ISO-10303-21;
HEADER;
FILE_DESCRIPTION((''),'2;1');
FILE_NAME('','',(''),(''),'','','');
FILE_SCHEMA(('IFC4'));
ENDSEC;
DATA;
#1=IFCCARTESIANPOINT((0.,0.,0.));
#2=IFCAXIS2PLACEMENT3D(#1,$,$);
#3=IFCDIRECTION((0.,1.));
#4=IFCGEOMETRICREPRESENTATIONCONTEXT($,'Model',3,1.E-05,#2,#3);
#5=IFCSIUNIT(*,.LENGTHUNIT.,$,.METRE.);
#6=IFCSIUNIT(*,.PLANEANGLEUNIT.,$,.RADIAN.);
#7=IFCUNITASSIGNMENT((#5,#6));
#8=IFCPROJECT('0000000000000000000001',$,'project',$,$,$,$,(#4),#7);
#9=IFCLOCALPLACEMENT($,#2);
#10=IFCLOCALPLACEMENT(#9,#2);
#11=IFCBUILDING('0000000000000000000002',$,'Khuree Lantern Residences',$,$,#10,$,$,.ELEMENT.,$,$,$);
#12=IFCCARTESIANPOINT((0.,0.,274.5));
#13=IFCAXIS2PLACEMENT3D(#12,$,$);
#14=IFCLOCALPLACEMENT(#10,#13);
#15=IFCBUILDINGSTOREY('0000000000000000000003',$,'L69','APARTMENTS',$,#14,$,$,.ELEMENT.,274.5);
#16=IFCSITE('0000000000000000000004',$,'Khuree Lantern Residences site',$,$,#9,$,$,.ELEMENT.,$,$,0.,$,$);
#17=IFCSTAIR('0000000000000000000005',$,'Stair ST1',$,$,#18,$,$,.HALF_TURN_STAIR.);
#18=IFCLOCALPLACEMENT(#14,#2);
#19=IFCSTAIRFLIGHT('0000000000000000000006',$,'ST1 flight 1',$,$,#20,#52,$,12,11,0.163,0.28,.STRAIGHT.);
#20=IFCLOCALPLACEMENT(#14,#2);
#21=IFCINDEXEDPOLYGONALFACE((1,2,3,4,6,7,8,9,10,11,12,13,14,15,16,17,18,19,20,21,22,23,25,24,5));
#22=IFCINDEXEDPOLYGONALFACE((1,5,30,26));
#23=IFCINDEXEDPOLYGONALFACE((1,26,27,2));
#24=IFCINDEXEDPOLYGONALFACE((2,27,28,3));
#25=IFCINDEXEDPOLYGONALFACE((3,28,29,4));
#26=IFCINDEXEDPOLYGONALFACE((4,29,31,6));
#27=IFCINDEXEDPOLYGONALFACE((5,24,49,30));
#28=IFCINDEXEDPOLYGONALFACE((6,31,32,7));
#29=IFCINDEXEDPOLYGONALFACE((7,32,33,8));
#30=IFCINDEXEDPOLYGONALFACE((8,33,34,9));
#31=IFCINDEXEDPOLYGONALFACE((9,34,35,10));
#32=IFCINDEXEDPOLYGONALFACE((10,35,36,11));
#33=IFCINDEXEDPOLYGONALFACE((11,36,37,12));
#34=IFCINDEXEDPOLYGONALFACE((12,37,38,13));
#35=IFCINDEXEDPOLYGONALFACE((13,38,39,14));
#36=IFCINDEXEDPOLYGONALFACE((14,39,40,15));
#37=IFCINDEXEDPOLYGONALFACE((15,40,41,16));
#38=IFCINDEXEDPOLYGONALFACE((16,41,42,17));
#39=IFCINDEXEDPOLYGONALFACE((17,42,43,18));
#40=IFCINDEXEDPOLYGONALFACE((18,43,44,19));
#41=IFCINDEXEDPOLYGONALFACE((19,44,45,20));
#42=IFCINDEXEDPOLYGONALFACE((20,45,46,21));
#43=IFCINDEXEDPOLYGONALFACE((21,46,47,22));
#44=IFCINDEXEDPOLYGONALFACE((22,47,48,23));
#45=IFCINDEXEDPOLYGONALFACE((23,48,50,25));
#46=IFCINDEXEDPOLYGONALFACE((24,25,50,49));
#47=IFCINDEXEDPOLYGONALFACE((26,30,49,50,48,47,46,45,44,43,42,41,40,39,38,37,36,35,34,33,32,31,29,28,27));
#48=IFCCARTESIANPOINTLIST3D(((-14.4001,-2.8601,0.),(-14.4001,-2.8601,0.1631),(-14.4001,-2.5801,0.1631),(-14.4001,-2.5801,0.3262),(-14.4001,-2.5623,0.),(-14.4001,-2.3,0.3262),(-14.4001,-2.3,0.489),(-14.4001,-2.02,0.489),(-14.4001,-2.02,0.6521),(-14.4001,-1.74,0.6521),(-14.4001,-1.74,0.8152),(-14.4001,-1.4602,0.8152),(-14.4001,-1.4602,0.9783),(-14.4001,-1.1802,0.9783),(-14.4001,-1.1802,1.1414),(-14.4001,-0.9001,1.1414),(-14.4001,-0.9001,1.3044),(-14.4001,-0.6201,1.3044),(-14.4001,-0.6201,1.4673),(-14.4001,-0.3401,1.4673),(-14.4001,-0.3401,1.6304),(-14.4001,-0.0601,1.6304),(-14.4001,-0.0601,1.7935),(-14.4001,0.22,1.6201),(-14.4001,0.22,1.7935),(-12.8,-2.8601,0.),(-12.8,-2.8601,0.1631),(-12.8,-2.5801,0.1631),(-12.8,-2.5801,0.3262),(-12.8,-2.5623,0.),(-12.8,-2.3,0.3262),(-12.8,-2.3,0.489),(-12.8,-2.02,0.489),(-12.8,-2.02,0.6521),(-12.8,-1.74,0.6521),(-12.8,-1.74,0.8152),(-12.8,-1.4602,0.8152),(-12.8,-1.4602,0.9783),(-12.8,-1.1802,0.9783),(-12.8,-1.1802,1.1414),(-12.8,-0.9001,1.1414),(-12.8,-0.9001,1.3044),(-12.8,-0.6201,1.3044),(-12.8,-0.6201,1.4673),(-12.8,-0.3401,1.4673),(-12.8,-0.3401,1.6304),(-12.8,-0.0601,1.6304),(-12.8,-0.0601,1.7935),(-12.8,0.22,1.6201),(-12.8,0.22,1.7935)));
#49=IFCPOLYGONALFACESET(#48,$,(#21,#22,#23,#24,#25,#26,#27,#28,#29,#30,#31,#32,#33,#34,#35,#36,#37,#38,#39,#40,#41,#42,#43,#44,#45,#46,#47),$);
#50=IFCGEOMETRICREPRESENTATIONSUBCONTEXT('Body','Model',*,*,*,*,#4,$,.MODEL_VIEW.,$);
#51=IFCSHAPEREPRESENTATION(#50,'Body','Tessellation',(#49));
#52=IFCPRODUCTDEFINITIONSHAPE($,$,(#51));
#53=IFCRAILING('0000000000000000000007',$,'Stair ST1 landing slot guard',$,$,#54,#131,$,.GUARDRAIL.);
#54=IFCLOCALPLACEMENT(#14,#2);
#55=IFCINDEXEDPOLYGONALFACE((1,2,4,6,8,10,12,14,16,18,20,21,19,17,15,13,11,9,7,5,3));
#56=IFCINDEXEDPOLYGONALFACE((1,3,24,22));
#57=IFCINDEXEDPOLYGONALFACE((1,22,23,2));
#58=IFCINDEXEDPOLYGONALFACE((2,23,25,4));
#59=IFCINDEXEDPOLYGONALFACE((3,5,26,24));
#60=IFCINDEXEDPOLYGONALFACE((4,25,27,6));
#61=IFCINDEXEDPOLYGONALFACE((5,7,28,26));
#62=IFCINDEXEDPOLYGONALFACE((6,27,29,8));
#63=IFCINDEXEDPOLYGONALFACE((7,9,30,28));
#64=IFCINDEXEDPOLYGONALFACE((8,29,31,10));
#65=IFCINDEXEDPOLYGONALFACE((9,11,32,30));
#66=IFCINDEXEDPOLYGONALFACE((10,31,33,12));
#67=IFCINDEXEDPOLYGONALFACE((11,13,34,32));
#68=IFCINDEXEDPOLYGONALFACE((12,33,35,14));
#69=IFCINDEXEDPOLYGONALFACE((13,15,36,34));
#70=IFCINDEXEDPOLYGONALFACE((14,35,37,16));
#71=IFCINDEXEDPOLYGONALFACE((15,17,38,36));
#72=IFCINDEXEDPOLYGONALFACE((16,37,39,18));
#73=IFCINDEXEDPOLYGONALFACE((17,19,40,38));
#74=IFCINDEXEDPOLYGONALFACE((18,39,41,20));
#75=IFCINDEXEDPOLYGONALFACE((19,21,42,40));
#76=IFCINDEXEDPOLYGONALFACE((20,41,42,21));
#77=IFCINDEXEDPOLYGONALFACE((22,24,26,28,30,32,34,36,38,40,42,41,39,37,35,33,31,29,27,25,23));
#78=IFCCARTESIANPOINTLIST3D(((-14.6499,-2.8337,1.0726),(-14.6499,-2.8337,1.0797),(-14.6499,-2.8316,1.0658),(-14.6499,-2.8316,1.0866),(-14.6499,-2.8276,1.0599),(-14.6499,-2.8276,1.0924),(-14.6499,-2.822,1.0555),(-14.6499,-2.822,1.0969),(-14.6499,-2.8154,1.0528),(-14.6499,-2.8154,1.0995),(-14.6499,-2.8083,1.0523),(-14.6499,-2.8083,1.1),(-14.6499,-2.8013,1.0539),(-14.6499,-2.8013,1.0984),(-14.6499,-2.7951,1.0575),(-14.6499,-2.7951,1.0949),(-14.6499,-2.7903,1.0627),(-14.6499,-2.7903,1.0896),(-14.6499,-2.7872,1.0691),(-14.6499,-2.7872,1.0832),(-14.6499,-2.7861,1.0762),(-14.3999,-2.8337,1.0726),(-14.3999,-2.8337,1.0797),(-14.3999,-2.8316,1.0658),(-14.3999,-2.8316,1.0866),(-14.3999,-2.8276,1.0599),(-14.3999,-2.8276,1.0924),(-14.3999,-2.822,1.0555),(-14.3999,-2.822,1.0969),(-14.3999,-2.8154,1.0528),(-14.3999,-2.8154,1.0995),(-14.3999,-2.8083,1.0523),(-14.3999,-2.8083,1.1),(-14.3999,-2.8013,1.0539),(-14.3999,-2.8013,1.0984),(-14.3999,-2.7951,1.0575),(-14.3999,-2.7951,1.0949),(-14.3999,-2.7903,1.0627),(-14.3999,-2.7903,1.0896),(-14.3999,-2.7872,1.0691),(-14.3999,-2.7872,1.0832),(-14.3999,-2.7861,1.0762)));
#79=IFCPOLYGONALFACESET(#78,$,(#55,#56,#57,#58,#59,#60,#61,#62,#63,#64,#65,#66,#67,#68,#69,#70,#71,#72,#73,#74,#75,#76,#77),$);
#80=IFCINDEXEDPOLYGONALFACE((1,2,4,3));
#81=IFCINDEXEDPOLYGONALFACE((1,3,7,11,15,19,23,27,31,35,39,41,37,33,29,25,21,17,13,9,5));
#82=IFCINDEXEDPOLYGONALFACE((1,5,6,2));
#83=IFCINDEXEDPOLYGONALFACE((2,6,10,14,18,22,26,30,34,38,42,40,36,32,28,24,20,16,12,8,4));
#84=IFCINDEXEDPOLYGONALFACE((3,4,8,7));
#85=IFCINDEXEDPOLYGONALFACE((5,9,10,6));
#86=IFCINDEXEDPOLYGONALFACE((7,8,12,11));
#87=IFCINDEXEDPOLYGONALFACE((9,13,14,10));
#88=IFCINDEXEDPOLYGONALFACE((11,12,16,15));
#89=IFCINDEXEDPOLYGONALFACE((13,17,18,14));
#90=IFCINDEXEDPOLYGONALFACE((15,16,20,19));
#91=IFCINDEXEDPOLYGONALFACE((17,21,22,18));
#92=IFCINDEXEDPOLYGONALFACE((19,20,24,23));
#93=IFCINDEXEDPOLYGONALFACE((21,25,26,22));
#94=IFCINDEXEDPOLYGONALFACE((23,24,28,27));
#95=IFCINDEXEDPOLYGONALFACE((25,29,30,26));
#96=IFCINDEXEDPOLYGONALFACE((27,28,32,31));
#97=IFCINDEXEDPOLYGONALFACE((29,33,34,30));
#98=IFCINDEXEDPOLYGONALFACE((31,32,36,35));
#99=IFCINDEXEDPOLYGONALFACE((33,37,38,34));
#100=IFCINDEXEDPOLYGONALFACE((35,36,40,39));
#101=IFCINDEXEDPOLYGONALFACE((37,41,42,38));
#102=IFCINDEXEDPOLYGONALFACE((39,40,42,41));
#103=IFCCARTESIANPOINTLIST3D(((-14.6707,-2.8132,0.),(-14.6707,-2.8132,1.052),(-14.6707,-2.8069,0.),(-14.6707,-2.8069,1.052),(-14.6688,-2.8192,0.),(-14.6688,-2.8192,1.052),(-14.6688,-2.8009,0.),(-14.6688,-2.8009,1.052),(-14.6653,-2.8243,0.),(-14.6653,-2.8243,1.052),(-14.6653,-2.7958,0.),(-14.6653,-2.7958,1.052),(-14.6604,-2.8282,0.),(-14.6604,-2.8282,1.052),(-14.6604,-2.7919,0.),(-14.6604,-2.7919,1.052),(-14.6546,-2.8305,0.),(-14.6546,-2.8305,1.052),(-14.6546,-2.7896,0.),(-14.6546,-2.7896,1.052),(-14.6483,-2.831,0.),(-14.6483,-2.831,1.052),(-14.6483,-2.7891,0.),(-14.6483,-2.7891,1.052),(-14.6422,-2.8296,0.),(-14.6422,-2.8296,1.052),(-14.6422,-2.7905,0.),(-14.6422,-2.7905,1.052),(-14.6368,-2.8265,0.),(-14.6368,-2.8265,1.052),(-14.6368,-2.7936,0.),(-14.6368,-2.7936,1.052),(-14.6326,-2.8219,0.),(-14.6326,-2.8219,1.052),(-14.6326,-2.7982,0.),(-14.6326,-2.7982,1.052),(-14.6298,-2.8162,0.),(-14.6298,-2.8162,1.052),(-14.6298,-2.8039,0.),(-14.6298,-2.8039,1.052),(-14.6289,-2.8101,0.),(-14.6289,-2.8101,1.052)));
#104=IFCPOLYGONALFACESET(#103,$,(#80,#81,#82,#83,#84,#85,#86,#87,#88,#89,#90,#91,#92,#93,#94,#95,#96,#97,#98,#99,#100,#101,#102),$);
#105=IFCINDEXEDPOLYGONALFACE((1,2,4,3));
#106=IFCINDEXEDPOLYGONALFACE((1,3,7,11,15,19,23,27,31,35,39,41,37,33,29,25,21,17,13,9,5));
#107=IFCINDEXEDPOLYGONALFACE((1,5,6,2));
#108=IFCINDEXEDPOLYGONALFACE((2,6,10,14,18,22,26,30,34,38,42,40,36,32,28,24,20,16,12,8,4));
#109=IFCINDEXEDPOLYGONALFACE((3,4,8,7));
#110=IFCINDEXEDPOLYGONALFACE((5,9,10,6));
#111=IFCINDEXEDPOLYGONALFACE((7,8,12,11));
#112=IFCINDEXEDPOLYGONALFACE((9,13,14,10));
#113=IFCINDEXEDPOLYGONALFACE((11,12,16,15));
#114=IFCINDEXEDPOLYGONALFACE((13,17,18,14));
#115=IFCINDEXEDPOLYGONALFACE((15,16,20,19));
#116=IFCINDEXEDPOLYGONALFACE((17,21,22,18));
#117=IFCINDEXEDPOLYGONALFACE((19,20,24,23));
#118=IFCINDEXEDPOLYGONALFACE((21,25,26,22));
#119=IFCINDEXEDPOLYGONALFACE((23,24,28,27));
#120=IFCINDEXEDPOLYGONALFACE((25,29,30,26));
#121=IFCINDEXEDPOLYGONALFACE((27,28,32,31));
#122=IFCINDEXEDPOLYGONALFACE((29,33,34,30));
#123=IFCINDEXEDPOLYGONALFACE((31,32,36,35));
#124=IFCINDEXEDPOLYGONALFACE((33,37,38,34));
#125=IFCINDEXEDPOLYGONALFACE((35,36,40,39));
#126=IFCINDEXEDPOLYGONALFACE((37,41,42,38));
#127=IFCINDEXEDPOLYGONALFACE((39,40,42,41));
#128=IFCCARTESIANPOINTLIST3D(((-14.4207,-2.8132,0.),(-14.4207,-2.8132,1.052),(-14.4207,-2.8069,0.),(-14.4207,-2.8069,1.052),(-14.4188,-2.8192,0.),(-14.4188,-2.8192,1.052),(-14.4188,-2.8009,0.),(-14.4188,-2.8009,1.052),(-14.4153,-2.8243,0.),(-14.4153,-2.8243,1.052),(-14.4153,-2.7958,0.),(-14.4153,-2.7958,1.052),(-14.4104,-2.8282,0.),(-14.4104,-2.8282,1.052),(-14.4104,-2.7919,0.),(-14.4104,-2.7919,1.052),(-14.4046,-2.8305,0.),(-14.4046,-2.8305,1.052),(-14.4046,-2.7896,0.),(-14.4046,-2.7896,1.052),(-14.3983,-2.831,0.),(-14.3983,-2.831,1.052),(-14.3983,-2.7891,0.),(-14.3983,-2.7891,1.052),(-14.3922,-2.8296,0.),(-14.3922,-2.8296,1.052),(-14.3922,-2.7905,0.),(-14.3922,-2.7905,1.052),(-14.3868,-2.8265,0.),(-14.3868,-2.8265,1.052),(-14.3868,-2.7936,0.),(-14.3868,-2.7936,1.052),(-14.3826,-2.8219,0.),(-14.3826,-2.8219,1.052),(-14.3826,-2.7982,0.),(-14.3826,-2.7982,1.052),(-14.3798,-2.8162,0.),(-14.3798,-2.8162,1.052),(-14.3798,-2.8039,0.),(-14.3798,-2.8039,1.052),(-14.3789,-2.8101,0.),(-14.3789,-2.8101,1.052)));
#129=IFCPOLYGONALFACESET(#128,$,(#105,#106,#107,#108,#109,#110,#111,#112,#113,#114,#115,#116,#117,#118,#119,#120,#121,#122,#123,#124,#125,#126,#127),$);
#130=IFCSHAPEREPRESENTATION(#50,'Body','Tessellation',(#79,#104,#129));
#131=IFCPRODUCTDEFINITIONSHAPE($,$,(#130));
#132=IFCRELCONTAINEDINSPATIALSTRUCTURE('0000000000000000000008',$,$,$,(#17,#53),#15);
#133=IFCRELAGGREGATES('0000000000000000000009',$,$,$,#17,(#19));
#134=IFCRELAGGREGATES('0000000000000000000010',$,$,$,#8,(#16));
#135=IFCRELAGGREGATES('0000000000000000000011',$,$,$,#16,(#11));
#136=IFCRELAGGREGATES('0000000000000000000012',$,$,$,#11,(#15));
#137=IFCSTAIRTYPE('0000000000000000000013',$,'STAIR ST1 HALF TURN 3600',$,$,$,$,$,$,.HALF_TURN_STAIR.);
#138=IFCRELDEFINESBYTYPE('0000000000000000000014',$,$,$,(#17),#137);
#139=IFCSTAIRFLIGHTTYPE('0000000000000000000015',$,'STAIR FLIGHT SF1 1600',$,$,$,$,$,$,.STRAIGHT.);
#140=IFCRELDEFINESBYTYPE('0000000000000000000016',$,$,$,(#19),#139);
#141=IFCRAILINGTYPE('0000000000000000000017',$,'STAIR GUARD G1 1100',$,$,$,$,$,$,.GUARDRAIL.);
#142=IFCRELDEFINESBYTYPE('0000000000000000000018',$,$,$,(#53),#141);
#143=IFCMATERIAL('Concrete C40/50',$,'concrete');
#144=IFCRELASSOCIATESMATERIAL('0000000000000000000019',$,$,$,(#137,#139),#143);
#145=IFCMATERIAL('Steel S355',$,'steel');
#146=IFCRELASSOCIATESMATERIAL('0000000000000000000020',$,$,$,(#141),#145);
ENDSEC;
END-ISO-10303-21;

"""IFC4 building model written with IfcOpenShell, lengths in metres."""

from ifc_helpers import new_model, si_unit, direction, frame, origin, origin_2d, place, context, subcontext, project, spatial, polyline, circle, outline, extrude, material, type_object, element, aggregate, save


model = new_model("IFC4")

# Units and contexts
model_context = context("Model", 3, precision=1e-05, world=origin(), true_north=direction((0.0, 1.0)))
body_context = subcontext(model_context, "Body", "Model", "MODEL_VIEW")
ifc_project = project(units=[si_unit("LENGTHUNIT", "METRE"), si_unit("PLANEANGLEUNIT", "RADIAN")], contexts=[model_context])

# Site, building, storey
site_placement = place(None, origin())
site = spatial("IfcSite", under=ifc_project, at=site_placement, Name="Khuree Lantern Residences site", CompositionType="ELEMENT", RefElevation=0.0)
building_placement = place(site_placement, origin())
building = spatial("IfcBuilding", under=site, at=building_placement, Name="Khuree Lantern Residences", CompositionType="ELEMENT")
storey_placement = place(building_placement, frame((0.0, 0.0, 274.5)))
storey = spatial("IfcBuildingStorey", under=building, at=storey_placement, Name="L69", Description="APARTMENTS", CompositionType="ELEMENT", Elevation=274.5)

# Stair, stair flight
ifc_material_1 = material(Name="Concrete C40/50", Category="concrete")
stair_type = type_object("IfcStairType", Name="STAIR ST1 HALF TURN 3600", PredefinedType="HALF_TURN_STAIR", material=ifc_material_1)
stair_placement = place(storey_placement, origin())
stair = element("IfcStair", 1, at=stair_placement, inside=storey, type_object=stair_type, Name="Stair ST1", PredefinedType="HALF_TURN_STAIR")
stair_flight_type = type_object("IfcStairFlightType", Name="STAIR FLIGHT SF1 1600", PredefinedType="STRAIGHT", material=ifc_material_1)
stair_flight_placement = place(storey_placement, frame((-13.6001, -2.8601, 0.0), z_axis=(0.0, 0.0, 1.0), x_axis=(0.0, 1.0, 0.0)))
stair_flight = element("IfcStairFlight", 2, at=stair_flight_placement, type_object=stair_flight_type, Name="ST1 flight 1", NumberOfRisers=12, NumberOfTreads=11, PredefinedType="STRAIGHT", RiserHeight=0.163, TreadLength=0.28, context=body_context, shape_type="SweptSolid", body=[
    extrude(outline(polyline([(0.0, 0.0), (0.0, 0.1631), (0.28, 0.1631), (0.28, 0.3262), (0.5601, 0.3262), (0.5601, 0.489), (0.8401, 0.489), (0.8401, 0.6521), (1.1201, 0.6521), (1.1201, 0.8152), (1.3999, 0.8152), (1.3999, 0.9783), (1.6799, 0.9783), (1.6799, 1.1414), (1.96, 1.1414), (1.96, 1.3044), (2.24, 1.3044), (2.24, 1.4673), (2.52, 1.4673), (2.52, 1.6304), (2.8, 1.6304), (2.8, 1.7935), (3.0801, 1.7935), (3.0801, 1.9565), (3.0801, 1.6201), (0.2979, 0.0), (0.0, 0.0)])), frame((0.0, 0.8, 0.0), z_axis=(0.0, -1.0, 0.0), x_axis=(1.0, 0.0, 0.0)), (0.0, 0.0, 1.0), 1.6001),
])
aggregate(stair, [stair_flight])

# Railing
ifc_material_2 = material(Name="Steel S355", Category="steel")
railing_type_1 = type_object("IfcRailingType", Name="STAIR GUARD G1 1100", PredefinedType="GUARDRAIL", material=ifc_material_2)
railing_1_placement = place(storey_placement, frame((-14.6499, -2.8101, 0.0)))
element("IfcRailing", 3, at=railing_1_placement, inside=storey, type_object=railing_type_1, Name="Stair ST1 landing slot guard", PredefinedType="GUARDRAIL", context=body_context, shape_type="SweptSolid", body=[
    extrude(circle(Radius=0.0239, at=origin_2d()), frame((0.0, 0.0, 1.0762), z_axis=(1.0, 0.0, 0.0), x_axis=(0.0, 1.0, 0.0)), (0.0, 0.0, 1.0), 0.25),
    extrude(circle(Radius=0.021, at=origin_2d()), origin(), (0.0, 0.0, 1.0), 1.052),
    extrude(circle(Radius=0.021, at=origin_2d()), frame((0.25, 0.0, 0.0)), (0.0, 0.0, 1.0), 1.052),
])

save(model, "model.ifc")
